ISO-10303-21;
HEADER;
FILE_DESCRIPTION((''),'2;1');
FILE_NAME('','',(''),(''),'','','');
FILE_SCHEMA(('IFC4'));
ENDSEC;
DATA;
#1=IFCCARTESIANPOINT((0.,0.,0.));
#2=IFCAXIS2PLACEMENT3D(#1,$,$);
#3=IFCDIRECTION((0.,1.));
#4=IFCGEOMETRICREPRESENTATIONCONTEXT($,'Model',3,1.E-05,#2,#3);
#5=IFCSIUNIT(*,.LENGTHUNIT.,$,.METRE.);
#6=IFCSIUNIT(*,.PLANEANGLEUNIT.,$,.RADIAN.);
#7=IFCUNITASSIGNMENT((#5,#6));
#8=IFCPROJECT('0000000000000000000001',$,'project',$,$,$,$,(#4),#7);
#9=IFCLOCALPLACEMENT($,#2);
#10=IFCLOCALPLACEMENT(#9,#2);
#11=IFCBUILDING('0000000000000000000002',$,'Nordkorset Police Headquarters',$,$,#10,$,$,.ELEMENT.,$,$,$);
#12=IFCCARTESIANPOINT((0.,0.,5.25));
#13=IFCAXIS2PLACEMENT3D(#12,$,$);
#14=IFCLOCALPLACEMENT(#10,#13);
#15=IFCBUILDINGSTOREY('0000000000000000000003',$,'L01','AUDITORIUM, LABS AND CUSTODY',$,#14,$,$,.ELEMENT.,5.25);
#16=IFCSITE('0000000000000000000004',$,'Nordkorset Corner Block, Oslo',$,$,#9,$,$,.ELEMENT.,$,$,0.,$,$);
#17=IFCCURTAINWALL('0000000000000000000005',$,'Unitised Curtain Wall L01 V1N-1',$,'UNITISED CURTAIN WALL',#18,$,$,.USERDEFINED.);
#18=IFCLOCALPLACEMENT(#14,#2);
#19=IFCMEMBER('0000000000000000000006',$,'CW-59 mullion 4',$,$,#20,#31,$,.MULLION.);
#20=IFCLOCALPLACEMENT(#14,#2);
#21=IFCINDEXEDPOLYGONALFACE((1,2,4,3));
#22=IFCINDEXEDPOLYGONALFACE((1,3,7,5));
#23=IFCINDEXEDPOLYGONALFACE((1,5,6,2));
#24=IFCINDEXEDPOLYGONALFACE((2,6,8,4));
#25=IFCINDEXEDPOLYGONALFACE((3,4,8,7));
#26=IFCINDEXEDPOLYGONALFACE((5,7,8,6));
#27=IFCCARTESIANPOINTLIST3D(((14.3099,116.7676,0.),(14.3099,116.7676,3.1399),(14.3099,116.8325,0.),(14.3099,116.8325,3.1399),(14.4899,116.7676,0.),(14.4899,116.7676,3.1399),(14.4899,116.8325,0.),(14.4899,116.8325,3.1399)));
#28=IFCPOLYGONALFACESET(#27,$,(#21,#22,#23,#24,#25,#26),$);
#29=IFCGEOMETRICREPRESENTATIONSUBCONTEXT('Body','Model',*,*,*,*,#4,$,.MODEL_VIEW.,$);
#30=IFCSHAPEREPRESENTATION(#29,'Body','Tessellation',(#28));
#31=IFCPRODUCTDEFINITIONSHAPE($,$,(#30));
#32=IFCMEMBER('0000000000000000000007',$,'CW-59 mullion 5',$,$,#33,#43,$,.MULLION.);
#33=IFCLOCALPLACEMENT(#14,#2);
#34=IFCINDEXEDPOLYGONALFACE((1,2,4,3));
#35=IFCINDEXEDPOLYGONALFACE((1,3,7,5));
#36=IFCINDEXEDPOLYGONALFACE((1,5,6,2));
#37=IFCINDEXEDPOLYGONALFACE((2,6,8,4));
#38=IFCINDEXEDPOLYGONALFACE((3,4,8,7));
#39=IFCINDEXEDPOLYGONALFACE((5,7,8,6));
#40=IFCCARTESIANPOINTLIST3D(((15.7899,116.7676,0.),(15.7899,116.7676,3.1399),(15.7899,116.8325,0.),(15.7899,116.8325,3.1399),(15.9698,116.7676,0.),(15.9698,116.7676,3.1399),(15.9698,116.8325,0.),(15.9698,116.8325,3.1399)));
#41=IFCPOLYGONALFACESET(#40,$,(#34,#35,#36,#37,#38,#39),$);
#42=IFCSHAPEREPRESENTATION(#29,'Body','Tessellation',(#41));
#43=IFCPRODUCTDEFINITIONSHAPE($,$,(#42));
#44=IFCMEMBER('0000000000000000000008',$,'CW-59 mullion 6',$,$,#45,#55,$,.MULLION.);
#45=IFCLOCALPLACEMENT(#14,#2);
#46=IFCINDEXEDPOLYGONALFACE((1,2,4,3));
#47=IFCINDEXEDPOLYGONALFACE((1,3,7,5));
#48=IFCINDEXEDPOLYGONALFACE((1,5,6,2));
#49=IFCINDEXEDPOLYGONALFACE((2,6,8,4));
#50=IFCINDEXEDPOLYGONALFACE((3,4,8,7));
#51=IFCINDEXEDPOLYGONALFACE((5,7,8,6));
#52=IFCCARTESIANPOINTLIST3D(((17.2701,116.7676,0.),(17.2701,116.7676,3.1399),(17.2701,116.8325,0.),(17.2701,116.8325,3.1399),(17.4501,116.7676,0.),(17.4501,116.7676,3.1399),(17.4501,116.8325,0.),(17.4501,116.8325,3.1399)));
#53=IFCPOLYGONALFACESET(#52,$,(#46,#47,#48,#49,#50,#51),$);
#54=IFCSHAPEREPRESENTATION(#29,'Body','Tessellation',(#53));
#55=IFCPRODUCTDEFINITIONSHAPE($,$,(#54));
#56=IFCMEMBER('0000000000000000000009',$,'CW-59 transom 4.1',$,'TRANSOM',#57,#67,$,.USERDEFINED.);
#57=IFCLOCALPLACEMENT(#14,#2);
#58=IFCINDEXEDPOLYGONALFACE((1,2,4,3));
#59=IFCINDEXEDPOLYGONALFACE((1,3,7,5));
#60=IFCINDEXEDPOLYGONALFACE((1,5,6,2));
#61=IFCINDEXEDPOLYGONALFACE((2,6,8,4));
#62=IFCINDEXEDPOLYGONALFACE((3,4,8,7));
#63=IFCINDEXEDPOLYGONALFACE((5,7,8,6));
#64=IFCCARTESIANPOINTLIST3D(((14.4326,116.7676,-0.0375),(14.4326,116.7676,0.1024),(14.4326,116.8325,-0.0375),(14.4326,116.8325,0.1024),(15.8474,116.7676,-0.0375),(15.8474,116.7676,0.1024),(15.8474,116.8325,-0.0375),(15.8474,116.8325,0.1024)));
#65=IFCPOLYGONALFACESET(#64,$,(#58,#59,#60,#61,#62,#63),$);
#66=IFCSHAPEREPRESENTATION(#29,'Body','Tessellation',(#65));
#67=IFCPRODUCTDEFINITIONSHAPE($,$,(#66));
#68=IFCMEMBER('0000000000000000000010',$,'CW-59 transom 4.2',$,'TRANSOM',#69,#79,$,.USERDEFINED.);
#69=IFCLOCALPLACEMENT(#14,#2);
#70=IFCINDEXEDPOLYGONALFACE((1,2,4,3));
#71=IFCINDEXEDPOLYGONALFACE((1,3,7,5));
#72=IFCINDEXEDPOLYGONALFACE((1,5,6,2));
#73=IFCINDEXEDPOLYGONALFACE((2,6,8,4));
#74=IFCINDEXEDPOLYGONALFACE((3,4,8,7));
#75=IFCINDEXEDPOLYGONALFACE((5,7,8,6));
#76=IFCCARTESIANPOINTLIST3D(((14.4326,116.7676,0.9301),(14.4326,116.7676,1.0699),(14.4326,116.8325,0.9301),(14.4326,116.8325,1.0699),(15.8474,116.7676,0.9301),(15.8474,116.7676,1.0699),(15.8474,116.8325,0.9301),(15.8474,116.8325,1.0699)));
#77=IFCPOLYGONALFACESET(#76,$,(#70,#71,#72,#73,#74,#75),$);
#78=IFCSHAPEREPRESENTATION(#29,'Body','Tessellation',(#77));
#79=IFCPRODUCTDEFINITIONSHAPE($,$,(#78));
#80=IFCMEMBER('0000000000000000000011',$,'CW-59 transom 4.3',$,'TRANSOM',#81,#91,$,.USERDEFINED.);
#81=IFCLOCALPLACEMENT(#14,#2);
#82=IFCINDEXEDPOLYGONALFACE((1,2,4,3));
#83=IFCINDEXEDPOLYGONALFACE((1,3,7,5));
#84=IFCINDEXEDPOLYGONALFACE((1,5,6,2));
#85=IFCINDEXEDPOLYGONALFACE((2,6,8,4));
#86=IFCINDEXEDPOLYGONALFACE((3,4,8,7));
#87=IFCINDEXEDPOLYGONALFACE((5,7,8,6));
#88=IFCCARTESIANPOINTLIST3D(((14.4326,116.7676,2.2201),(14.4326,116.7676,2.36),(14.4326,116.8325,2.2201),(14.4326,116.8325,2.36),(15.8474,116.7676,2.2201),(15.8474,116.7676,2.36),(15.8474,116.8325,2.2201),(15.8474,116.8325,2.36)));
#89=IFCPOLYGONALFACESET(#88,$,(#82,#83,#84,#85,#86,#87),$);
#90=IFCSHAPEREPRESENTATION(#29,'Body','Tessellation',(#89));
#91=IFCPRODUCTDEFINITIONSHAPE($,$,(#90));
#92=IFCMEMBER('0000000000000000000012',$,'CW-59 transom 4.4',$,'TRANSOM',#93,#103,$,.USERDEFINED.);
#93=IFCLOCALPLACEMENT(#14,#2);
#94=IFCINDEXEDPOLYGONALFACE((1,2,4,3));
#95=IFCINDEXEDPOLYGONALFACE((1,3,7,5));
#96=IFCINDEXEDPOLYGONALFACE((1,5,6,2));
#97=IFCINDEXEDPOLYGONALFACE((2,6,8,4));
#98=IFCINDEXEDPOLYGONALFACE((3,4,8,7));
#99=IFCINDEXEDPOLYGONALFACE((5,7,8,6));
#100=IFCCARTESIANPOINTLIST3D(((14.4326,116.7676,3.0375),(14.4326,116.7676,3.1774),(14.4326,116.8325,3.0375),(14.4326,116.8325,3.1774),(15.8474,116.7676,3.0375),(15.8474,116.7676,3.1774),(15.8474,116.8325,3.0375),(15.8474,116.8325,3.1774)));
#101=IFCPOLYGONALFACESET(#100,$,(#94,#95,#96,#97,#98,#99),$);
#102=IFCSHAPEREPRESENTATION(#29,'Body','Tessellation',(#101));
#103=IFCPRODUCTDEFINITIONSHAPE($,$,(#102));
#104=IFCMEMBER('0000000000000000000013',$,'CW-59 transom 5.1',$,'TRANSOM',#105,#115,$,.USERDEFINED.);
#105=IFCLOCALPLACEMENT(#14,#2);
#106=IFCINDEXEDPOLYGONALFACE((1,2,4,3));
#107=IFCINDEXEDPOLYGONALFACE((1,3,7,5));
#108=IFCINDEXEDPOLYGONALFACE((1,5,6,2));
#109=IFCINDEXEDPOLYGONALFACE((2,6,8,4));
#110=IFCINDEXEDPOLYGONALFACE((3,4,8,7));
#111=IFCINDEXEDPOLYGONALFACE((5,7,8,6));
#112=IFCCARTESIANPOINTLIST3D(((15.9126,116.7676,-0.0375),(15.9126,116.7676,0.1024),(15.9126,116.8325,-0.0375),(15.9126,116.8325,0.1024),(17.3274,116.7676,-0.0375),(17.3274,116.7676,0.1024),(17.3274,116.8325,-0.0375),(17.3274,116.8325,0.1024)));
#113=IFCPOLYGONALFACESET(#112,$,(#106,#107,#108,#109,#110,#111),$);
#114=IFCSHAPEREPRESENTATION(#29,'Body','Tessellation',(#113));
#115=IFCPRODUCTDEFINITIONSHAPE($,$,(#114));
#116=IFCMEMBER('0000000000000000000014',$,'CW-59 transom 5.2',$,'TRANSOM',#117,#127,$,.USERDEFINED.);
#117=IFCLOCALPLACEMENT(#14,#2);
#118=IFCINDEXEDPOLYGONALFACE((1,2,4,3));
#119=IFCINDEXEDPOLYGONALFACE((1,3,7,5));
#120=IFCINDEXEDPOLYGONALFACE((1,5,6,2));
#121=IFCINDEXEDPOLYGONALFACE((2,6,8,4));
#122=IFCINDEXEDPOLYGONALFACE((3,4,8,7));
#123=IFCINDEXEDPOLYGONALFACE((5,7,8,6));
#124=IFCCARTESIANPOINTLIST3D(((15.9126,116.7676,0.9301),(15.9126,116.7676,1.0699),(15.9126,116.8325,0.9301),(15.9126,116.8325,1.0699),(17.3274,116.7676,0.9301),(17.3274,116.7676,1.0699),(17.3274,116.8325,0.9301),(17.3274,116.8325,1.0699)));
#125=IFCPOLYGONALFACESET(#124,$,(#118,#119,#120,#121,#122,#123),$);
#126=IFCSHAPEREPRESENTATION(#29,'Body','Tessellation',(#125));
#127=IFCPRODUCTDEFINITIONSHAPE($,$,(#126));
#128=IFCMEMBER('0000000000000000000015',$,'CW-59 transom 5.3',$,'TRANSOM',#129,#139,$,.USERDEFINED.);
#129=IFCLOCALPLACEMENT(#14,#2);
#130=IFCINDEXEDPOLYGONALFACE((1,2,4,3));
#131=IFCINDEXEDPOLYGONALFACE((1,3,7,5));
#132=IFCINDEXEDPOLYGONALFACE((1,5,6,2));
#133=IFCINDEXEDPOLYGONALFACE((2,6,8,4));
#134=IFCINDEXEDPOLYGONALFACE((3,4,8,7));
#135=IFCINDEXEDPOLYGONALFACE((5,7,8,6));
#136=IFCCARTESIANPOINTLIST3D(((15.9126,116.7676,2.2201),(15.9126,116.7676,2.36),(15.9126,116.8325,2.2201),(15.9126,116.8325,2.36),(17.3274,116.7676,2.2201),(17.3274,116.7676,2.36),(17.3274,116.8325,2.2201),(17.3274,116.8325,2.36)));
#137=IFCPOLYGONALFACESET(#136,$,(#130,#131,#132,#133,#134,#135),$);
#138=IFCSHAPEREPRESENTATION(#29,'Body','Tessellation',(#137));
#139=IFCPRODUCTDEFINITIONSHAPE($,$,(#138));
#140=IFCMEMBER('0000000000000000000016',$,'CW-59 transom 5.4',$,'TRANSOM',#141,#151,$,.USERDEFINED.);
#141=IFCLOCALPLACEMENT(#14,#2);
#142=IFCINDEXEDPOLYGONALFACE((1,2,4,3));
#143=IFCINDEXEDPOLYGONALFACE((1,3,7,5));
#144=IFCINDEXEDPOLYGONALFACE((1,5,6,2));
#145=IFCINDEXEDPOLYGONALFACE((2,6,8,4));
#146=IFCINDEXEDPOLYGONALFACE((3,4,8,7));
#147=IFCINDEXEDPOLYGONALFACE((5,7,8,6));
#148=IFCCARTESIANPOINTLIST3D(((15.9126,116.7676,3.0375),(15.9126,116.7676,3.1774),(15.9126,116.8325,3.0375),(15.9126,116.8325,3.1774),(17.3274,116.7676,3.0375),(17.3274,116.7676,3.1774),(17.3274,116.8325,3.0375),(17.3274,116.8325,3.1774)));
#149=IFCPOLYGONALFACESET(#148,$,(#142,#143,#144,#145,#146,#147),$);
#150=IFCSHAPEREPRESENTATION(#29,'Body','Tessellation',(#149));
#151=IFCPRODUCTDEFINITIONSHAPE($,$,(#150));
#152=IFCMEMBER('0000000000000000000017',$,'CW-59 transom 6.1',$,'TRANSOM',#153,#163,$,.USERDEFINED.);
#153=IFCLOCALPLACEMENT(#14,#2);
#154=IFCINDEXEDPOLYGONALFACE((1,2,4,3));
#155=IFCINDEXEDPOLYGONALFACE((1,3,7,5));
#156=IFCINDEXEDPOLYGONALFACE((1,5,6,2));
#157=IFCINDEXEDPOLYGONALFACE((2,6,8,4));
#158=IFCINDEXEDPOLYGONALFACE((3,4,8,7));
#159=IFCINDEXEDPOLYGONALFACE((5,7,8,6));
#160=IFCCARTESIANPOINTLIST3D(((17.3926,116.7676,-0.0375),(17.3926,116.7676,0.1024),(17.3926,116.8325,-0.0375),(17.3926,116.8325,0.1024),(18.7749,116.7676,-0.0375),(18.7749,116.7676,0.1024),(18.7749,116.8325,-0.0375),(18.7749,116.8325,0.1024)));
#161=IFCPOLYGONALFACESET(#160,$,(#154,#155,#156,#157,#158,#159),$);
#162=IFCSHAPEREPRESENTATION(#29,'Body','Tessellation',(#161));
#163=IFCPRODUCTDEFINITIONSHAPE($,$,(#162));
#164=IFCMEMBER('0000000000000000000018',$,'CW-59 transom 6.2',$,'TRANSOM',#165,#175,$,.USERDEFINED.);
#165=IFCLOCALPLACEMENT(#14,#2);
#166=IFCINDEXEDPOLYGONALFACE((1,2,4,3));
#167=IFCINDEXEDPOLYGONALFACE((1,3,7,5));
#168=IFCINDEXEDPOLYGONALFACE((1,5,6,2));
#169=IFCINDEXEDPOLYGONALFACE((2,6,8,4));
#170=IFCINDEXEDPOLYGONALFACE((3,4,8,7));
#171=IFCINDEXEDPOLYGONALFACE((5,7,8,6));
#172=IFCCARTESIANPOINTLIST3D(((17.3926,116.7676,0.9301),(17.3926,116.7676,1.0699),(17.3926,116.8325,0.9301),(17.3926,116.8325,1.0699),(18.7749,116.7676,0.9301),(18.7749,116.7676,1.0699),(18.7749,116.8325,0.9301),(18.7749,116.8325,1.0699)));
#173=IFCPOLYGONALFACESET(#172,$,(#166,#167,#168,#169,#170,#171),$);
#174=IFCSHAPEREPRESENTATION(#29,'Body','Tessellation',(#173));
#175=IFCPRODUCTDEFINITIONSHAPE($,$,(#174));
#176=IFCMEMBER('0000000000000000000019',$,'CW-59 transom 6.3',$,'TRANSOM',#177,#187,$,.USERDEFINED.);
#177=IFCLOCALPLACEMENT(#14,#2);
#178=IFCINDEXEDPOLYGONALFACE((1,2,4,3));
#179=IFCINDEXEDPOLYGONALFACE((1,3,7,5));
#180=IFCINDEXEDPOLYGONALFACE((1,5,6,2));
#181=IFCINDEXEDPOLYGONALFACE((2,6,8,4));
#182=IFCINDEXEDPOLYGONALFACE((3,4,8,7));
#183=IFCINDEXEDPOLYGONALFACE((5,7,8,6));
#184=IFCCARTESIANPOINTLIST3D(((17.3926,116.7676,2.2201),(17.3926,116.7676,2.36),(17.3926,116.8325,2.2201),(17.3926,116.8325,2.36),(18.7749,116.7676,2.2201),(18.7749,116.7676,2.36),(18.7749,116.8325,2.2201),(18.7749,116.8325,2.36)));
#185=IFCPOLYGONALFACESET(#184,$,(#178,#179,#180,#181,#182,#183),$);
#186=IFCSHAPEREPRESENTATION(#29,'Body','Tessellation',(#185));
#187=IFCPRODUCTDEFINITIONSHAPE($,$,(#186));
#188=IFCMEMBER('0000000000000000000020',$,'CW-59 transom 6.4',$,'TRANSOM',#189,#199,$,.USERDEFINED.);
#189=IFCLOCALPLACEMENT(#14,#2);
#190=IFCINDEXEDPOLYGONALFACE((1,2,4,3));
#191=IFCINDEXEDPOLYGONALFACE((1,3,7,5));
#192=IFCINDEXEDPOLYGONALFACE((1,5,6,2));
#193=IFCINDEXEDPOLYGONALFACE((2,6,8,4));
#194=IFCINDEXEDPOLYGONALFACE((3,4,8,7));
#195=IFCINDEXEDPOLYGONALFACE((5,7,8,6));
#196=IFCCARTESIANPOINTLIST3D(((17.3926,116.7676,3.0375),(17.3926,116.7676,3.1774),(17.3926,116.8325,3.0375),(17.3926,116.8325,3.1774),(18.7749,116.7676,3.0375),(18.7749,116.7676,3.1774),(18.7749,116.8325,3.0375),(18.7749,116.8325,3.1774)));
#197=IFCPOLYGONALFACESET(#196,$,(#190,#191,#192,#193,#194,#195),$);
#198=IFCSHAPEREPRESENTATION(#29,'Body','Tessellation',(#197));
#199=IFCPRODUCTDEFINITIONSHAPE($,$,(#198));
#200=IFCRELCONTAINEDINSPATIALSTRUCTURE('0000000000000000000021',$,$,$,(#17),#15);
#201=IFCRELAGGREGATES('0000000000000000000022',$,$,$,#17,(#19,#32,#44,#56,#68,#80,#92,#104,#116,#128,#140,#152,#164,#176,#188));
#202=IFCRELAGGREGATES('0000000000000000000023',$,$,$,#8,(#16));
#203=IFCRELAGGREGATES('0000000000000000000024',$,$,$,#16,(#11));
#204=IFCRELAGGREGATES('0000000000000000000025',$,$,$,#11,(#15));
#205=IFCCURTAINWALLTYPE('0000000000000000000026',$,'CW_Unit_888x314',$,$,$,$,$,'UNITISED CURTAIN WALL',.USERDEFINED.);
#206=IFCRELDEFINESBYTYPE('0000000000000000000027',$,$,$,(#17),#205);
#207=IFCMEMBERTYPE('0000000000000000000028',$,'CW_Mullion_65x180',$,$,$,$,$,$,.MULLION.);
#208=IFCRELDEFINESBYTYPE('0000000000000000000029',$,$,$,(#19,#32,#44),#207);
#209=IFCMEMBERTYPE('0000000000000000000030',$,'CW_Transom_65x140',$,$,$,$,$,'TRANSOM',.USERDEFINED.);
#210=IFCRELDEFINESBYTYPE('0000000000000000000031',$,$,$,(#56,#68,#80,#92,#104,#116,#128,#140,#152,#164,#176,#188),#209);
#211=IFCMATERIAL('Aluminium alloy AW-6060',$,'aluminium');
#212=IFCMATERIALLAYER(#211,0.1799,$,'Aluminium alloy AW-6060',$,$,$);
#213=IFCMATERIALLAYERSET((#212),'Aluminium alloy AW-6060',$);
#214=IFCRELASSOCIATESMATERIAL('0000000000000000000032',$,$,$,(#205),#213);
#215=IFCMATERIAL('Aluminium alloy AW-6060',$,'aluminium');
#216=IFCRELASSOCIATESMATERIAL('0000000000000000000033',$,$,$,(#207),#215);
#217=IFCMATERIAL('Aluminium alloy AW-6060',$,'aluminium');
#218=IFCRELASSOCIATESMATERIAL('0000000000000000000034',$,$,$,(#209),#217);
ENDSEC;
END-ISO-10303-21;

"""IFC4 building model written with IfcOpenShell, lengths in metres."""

from ifc_helpers import new_model, si_unit, direction, frame, origin, origin_2d, place, context, subcontext, project, spatial, rectangle, extrude, material, layer, layer_set, material_profile, profile_set, type_object, element, aggregate, save


model = new_model("IFC4")

# Units and contexts
model_context = context("Model", 3, precision=1e-05, world=origin(), true_north=direction((0.0, 1.0)))
body_context = subcontext(model_context, "Body", "Model", "MODEL_VIEW")
ifc_project = project(units=[si_unit("LENGTHUNIT", "METRE"), si_unit("PLANEANGLEUNIT", "RADIAN")], contexts=[model_context])

# Site, building, storey
site_placement = place(None, origin())
site = spatial("IfcSite", under=ifc_project, at=site_placement, Name="Nordkorset Corner Block, Oslo", CompositionType="ELEMENT", RefElevation=0.0)
building_placement = place(site_placement, origin())
building = spatial("IfcBuilding", under=site, at=building_placement, Name="Nordkorset Police Headquarters", CompositionType="ELEMENT")
storey_placement = place(building_placement, frame((0.0, 0.0, 5.25)))
storey = spatial("IfcBuildingStorey", under=building, at=storey_placement, Name="L01", Description="AUDITORIUM, LABS AND CUSTODY", CompositionType="ELEMENT", Elevation=5.25)

# Curtain wall, members
ifc_material_1 = material(Name="Aluminium alloy AW-6060", Category="aluminium")
ifc_layer_1 = layer(ifc_material_1, 0.1799, Name="Aluminium alloy AW-6060")
ifc_layer_set_1 = layer_set([ifc_layer_1], Name="Aluminium alloy AW-6060")
curtain_wall_type = type_object("IfcCurtainWallType", Name="CW_Unit_888x314", ElementType="UNITISED CURTAIN WALL", PredefinedType="USERDEFINED", material=ifc_layer_set_1)
curtain_wall_placement = place(storey_placement, origin())
curtain_wall = element("IfcCurtainWall", 1, at=curtain_wall_placement, inside=storey, type_object=curtain_wall_type, Name="Unitised Curtain Wall L01 V1N-1", ObjectType="UNITISED CURTAIN WALL", PredefinedType="USERDEFINED")
ifc_material_2 = material(Name="Aluminium alloy AW-6060", Category="aluminium")
ifc_material_profile_1 = material_profile(ifc_material_2, rectangle(XDim=0.0649, YDim=0.1799, at=origin_2d()), Name="ALU MULL 65x180")
ifc_profile_set_1 = profile_set([ifc_material_profile_1], Name="Aluminium alloy AW-6060")
member_type_1 = type_object("IfcMemberType", Name="CW_Mullion_65x180", PredefinedType="MULLION", material=ifc_profile_set_1)
member_1_placement = place(storey_placement, frame((14.3999, 116.8, 0.0), z_axis=(0.0, 0.0, 1.0), x_axis=(0.0, 1.0, 0.0)))
member_1 = element("IfcMember", 2, at=member_1_placement, type_object=member_type_1, Name="CW-59 mullion 4", PredefinedType="MULLION", context=body_context, shape_type="SweptSolid", body=[
    extrude(rectangle(XDim=0.0649, YDim=0.1799, at=origin_2d()), origin(), (0.0, 0.0, 1.0), 3.1399),
])
member_2_placement = place(storey_placement, frame((15.8799, 116.8, 0.0), z_axis=(0.0, 0.0, 1.0), x_axis=(0.0, 1.0, 0.0)))
member_2 = element("IfcMember", 3, at=member_2_placement, type_object=member_type_1, Name="CW-59 mullion 5", PredefinedType="MULLION", context=body_context, shape_type="SweptSolid", body=[
    extrude(rectangle(XDim=0.0649, YDim=0.1799, at=origin_2d()), origin(), (0.0, 0.0, 1.0), 3.1399),
])
member_3_placement = place(storey_placement, frame((17.3601, 116.8, 0.0), z_axis=(0.0, 0.0, 1.0), x_axis=(0.0, 1.0, 0.0)))
member_3 = element("IfcMember", 4, at=member_3_placement, type_object=member_type_1, Name="CW-59 mullion 6", PredefinedType="MULLION", context=body_context, shape_type="SweptSolid", body=[
    extrude(rectangle(XDim=0.0649, YDim=0.1799, at=origin_2d()), origin(), (0.0, 0.0, 1.0), 3.1399),
])
ifc_material_3 = material(Name="Aluminium alloy AW-6060", Category="aluminium")
ifc_material_profile_2 = material_profile(ifc_material_3, rectangle(XDim=0.0649, YDim=0.1399, at=origin_2d()), Name="ALU TRAN 65x140")
ifc_profile_set_2 = profile_set([ifc_material_profile_2], Name="Aluminium alloy AW-6060")
member_type_2 = type_object("IfcMemberType", Name="CW_Transom_65x140", ElementType="TRANSOM", PredefinedType="USERDEFINED", material=ifc_profile_set_2)
member_4_placement = place(storey_placement, frame((14.4326, 116.8, 0.0325), z_axis=(1.0, 0.0, 0.0), x_axis=(0.0, 1.0, 0.0)))
member_4 = element("IfcMember", 5, at=member_4_placement, type_object=member_type_2, Name="CW-59 transom 4.1", ObjectType="TRANSOM", PredefinedType="USERDEFINED", context=body_context, shape_type="SweptSolid", body=[
    extrude(rectangle(XDim=0.0649, YDim=0.1399, at=origin_2d()), origin(), (0.0, 0.0, 1.0), 1.4148),
])
member_5_placement = place(storey_placement, frame((14.4326, 116.8, 1.0), z_axis=(1.0, 0.0, 0.0), x_axis=(0.0, 1.0, 0.0)))
member_5 = element("IfcMember", 6, at=member_5_placement, type_object=member_type_2, Name="CW-59 transom 4.2", ObjectType="TRANSOM", PredefinedType="USERDEFINED", context=body_context, shape_type="SweptSolid", body=[
    extrude(rectangle(XDim=0.0649, YDim=0.1399, at=origin_2d()), origin(), (0.0, 0.0, 1.0), 1.4148),
])
member_6_placement = place(storey_placement, frame((14.4326, 116.8, 2.29), z_axis=(1.0, 0.0, 0.0), x_axis=(0.0, 1.0, 0.0)))
member_6 = element("IfcMember", 7, at=member_6_placement, type_object=member_type_2, Name="CW-59 transom 4.3", ObjectType="TRANSOM", PredefinedType="USERDEFINED", context=body_context, shape_type="SweptSolid", body=[
    extrude(rectangle(XDim=0.0649, YDim=0.1399, at=origin_2d()), origin(), (0.0, 0.0, 1.0), 1.4148),
])
member_7_placement = place(storey_placement, frame((14.4326, 116.8, 3.1074), z_axis=(1.0, 0.0, 0.0), x_axis=(0.0, 1.0, 0.0)))
member_7 = element("IfcMember", 8, at=member_7_placement, type_object=member_type_2, Name="CW-59 transom 4.4", ObjectType="TRANSOM", PredefinedType="USERDEFINED", context=body_context, shape_type="SweptSolid", body=[
    extrude(rectangle(XDim=0.0649, YDim=0.1399, at=origin_2d()), origin(), (0.0, 0.0, 1.0), 1.4148),
])
member_8_placement = place(storey_placement, frame((15.9126, 116.8, 0.0325), z_axis=(1.0, 0.0, 0.0), x_axis=(0.0, 1.0, 0.0)))
member_8 = element("IfcMember", 9, at=member_8_placement, type_object=member_type_2, Name="CW-59 transom 5.1", ObjectType="TRANSOM", PredefinedType="USERDEFINED", context=body_context, shape_type="SweptSolid", body=[
    extrude(rectangle(XDim=0.0649, YDim=0.1399, at=origin_2d()), origin(), (0.0, 0.0, 1.0), 1.4148),
])
member_9_placement = place(storey_placement, frame((15.9126, 116.8, 1.0), z_axis=(1.0, 0.0, 0.0), x_axis=(0.0, 1.0, 0.0)))
member_9 = element("IfcMember", 10, at=member_9_placement, type_object=member_type_2, Name="CW-59 transom 5.2", ObjectType="TRANSOM", PredefinedType="USERDEFINED", context=body_context, shape_type="SweptSolid", body=[
    extrude(rectangle(XDim=0.0649, YDim=0.1399, at=origin_2d()), origin(), (0.0, 0.0, 1.0), 1.4148),
])
member_10_placement = place(storey_placement, frame((15.9126, 116.8, 2.29), z_axis=(1.0, 0.0, 0.0), x_axis=(0.0, 1.0, 0.0)))
member_10 = element("IfcMember", 11, at=member_10_placement, type_object=member_type_2, Name="CW-59 transom 5.3", ObjectType="TRANSOM", PredefinedType="USERDEFINED", context=body_context, shape_type="SweptSolid", body=[
    extrude(rectangle(XDim=0.0649, YDim=0.1399, at=origin_2d()), origin(), (0.0, 0.0, 1.0), 1.4148),
])
member_11_placement = place(storey_placement, frame((15.9126, 116.8, 3.1074), z_axis=(1.0, 0.0, 0.0), x_axis=(0.0, 1.0, 0.0)))
member_11 = element("IfcMember", 12, at=member_11_placement, type_object=member_type_2, Name="CW-59 transom 5.4", ObjectType="TRANSOM", PredefinedType="USERDEFINED", context=body_context, shape_type="SweptSolid", body=[
    extrude(rectangle(XDim=0.0649, YDim=0.1399, at=origin_2d()), origin(), (0.0, 0.0, 1.0), 1.4148),
])
member_12_placement = place(storey_placement, frame((17.3926, 116.8, 0.0325), z_axis=(1.0, 0.0, 0.0), x_axis=(0.0, 1.0, 0.0)))
member_12 = element("IfcMember", 13, at=member_12_placement, type_object=member_type_2, Name="CW-59 transom 6.1", ObjectType="TRANSOM", PredefinedType="USERDEFINED", context=body_context, shape_type="SweptSolid", body=[
    extrude(rectangle(XDim=0.0649, YDim=0.1399, at=origin_2d()), origin(), (0.0, 0.0, 1.0), 1.3823),
])
member_13_placement = place(storey_placement, frame((17.3926, 116.8, 1.0), z_axis=(1.0, 0.0, 0.0), x_axis=(0.0, 1.0, 0.0)))
member_13 = element("IfcMember", 14, at=member_13_placement, type_object=member_type_2, Name="CW-59 transom 6.2", ObjectType="TRANSOM", PredefinedType="USERDEFINED", context=body_context, shape_type="SweptSolid", body=[
    extrude(rectangle(XDim=0.0649, YDim=0.1399, at=origin_2d()), origin(), (0.0, 0.0, 1.0), 1.3823),
])
member_14_placement = place(storey_placement, frame((17.3926, 116.8, 2.29), z_axis=(1.0, 0.0, 0.0), x_axis=(0.0, 1.0, 0.0)))
member_14 = element("IfcMember", 15, at=member_14_placement, type_object=member_type_2, Name="CW-59 transom 6.3", ObjectType="TRANSOM", PredefinedType="USERDEFINED", context=body_context, shape_type="SweptSolid", body=[
    extrude(rectangle(XDim=0.0649, YDim=0.1399, at=origin_2d()), origin(), (0.0, 0.0, 1.0), 1.3823),
])
member_15_placement = place(storey_placement, frame((17.3926, 116.8, 3.1074), z_axis=(1.0, 0.0, 0.0), x_axis=(0.0, 1.0, 0.0)))
member_15 = element("IfcMember", 16, at=member_15_placement, type_object=member_type_2, Name="CW-59 transom 6.4", ObjectType="TRANSOM", PredefinedType="USERDEFINED", context=body_context, shape_type="SweptSolid", body=[
    extrude(rectangle(XDim=0.0649, YDim=0.1399, at=origin_2d()), origin(), (0.0, 0.0, 1.0), 1.3823),
])
aggregate(curtain_wall, [member_1, member_2, member_3, member_4, member_5, member_6, member_7, member_8, member_9, member_10, member_11, member_12, member_13, member_14, member_15])

save(model, "model.ifc")
